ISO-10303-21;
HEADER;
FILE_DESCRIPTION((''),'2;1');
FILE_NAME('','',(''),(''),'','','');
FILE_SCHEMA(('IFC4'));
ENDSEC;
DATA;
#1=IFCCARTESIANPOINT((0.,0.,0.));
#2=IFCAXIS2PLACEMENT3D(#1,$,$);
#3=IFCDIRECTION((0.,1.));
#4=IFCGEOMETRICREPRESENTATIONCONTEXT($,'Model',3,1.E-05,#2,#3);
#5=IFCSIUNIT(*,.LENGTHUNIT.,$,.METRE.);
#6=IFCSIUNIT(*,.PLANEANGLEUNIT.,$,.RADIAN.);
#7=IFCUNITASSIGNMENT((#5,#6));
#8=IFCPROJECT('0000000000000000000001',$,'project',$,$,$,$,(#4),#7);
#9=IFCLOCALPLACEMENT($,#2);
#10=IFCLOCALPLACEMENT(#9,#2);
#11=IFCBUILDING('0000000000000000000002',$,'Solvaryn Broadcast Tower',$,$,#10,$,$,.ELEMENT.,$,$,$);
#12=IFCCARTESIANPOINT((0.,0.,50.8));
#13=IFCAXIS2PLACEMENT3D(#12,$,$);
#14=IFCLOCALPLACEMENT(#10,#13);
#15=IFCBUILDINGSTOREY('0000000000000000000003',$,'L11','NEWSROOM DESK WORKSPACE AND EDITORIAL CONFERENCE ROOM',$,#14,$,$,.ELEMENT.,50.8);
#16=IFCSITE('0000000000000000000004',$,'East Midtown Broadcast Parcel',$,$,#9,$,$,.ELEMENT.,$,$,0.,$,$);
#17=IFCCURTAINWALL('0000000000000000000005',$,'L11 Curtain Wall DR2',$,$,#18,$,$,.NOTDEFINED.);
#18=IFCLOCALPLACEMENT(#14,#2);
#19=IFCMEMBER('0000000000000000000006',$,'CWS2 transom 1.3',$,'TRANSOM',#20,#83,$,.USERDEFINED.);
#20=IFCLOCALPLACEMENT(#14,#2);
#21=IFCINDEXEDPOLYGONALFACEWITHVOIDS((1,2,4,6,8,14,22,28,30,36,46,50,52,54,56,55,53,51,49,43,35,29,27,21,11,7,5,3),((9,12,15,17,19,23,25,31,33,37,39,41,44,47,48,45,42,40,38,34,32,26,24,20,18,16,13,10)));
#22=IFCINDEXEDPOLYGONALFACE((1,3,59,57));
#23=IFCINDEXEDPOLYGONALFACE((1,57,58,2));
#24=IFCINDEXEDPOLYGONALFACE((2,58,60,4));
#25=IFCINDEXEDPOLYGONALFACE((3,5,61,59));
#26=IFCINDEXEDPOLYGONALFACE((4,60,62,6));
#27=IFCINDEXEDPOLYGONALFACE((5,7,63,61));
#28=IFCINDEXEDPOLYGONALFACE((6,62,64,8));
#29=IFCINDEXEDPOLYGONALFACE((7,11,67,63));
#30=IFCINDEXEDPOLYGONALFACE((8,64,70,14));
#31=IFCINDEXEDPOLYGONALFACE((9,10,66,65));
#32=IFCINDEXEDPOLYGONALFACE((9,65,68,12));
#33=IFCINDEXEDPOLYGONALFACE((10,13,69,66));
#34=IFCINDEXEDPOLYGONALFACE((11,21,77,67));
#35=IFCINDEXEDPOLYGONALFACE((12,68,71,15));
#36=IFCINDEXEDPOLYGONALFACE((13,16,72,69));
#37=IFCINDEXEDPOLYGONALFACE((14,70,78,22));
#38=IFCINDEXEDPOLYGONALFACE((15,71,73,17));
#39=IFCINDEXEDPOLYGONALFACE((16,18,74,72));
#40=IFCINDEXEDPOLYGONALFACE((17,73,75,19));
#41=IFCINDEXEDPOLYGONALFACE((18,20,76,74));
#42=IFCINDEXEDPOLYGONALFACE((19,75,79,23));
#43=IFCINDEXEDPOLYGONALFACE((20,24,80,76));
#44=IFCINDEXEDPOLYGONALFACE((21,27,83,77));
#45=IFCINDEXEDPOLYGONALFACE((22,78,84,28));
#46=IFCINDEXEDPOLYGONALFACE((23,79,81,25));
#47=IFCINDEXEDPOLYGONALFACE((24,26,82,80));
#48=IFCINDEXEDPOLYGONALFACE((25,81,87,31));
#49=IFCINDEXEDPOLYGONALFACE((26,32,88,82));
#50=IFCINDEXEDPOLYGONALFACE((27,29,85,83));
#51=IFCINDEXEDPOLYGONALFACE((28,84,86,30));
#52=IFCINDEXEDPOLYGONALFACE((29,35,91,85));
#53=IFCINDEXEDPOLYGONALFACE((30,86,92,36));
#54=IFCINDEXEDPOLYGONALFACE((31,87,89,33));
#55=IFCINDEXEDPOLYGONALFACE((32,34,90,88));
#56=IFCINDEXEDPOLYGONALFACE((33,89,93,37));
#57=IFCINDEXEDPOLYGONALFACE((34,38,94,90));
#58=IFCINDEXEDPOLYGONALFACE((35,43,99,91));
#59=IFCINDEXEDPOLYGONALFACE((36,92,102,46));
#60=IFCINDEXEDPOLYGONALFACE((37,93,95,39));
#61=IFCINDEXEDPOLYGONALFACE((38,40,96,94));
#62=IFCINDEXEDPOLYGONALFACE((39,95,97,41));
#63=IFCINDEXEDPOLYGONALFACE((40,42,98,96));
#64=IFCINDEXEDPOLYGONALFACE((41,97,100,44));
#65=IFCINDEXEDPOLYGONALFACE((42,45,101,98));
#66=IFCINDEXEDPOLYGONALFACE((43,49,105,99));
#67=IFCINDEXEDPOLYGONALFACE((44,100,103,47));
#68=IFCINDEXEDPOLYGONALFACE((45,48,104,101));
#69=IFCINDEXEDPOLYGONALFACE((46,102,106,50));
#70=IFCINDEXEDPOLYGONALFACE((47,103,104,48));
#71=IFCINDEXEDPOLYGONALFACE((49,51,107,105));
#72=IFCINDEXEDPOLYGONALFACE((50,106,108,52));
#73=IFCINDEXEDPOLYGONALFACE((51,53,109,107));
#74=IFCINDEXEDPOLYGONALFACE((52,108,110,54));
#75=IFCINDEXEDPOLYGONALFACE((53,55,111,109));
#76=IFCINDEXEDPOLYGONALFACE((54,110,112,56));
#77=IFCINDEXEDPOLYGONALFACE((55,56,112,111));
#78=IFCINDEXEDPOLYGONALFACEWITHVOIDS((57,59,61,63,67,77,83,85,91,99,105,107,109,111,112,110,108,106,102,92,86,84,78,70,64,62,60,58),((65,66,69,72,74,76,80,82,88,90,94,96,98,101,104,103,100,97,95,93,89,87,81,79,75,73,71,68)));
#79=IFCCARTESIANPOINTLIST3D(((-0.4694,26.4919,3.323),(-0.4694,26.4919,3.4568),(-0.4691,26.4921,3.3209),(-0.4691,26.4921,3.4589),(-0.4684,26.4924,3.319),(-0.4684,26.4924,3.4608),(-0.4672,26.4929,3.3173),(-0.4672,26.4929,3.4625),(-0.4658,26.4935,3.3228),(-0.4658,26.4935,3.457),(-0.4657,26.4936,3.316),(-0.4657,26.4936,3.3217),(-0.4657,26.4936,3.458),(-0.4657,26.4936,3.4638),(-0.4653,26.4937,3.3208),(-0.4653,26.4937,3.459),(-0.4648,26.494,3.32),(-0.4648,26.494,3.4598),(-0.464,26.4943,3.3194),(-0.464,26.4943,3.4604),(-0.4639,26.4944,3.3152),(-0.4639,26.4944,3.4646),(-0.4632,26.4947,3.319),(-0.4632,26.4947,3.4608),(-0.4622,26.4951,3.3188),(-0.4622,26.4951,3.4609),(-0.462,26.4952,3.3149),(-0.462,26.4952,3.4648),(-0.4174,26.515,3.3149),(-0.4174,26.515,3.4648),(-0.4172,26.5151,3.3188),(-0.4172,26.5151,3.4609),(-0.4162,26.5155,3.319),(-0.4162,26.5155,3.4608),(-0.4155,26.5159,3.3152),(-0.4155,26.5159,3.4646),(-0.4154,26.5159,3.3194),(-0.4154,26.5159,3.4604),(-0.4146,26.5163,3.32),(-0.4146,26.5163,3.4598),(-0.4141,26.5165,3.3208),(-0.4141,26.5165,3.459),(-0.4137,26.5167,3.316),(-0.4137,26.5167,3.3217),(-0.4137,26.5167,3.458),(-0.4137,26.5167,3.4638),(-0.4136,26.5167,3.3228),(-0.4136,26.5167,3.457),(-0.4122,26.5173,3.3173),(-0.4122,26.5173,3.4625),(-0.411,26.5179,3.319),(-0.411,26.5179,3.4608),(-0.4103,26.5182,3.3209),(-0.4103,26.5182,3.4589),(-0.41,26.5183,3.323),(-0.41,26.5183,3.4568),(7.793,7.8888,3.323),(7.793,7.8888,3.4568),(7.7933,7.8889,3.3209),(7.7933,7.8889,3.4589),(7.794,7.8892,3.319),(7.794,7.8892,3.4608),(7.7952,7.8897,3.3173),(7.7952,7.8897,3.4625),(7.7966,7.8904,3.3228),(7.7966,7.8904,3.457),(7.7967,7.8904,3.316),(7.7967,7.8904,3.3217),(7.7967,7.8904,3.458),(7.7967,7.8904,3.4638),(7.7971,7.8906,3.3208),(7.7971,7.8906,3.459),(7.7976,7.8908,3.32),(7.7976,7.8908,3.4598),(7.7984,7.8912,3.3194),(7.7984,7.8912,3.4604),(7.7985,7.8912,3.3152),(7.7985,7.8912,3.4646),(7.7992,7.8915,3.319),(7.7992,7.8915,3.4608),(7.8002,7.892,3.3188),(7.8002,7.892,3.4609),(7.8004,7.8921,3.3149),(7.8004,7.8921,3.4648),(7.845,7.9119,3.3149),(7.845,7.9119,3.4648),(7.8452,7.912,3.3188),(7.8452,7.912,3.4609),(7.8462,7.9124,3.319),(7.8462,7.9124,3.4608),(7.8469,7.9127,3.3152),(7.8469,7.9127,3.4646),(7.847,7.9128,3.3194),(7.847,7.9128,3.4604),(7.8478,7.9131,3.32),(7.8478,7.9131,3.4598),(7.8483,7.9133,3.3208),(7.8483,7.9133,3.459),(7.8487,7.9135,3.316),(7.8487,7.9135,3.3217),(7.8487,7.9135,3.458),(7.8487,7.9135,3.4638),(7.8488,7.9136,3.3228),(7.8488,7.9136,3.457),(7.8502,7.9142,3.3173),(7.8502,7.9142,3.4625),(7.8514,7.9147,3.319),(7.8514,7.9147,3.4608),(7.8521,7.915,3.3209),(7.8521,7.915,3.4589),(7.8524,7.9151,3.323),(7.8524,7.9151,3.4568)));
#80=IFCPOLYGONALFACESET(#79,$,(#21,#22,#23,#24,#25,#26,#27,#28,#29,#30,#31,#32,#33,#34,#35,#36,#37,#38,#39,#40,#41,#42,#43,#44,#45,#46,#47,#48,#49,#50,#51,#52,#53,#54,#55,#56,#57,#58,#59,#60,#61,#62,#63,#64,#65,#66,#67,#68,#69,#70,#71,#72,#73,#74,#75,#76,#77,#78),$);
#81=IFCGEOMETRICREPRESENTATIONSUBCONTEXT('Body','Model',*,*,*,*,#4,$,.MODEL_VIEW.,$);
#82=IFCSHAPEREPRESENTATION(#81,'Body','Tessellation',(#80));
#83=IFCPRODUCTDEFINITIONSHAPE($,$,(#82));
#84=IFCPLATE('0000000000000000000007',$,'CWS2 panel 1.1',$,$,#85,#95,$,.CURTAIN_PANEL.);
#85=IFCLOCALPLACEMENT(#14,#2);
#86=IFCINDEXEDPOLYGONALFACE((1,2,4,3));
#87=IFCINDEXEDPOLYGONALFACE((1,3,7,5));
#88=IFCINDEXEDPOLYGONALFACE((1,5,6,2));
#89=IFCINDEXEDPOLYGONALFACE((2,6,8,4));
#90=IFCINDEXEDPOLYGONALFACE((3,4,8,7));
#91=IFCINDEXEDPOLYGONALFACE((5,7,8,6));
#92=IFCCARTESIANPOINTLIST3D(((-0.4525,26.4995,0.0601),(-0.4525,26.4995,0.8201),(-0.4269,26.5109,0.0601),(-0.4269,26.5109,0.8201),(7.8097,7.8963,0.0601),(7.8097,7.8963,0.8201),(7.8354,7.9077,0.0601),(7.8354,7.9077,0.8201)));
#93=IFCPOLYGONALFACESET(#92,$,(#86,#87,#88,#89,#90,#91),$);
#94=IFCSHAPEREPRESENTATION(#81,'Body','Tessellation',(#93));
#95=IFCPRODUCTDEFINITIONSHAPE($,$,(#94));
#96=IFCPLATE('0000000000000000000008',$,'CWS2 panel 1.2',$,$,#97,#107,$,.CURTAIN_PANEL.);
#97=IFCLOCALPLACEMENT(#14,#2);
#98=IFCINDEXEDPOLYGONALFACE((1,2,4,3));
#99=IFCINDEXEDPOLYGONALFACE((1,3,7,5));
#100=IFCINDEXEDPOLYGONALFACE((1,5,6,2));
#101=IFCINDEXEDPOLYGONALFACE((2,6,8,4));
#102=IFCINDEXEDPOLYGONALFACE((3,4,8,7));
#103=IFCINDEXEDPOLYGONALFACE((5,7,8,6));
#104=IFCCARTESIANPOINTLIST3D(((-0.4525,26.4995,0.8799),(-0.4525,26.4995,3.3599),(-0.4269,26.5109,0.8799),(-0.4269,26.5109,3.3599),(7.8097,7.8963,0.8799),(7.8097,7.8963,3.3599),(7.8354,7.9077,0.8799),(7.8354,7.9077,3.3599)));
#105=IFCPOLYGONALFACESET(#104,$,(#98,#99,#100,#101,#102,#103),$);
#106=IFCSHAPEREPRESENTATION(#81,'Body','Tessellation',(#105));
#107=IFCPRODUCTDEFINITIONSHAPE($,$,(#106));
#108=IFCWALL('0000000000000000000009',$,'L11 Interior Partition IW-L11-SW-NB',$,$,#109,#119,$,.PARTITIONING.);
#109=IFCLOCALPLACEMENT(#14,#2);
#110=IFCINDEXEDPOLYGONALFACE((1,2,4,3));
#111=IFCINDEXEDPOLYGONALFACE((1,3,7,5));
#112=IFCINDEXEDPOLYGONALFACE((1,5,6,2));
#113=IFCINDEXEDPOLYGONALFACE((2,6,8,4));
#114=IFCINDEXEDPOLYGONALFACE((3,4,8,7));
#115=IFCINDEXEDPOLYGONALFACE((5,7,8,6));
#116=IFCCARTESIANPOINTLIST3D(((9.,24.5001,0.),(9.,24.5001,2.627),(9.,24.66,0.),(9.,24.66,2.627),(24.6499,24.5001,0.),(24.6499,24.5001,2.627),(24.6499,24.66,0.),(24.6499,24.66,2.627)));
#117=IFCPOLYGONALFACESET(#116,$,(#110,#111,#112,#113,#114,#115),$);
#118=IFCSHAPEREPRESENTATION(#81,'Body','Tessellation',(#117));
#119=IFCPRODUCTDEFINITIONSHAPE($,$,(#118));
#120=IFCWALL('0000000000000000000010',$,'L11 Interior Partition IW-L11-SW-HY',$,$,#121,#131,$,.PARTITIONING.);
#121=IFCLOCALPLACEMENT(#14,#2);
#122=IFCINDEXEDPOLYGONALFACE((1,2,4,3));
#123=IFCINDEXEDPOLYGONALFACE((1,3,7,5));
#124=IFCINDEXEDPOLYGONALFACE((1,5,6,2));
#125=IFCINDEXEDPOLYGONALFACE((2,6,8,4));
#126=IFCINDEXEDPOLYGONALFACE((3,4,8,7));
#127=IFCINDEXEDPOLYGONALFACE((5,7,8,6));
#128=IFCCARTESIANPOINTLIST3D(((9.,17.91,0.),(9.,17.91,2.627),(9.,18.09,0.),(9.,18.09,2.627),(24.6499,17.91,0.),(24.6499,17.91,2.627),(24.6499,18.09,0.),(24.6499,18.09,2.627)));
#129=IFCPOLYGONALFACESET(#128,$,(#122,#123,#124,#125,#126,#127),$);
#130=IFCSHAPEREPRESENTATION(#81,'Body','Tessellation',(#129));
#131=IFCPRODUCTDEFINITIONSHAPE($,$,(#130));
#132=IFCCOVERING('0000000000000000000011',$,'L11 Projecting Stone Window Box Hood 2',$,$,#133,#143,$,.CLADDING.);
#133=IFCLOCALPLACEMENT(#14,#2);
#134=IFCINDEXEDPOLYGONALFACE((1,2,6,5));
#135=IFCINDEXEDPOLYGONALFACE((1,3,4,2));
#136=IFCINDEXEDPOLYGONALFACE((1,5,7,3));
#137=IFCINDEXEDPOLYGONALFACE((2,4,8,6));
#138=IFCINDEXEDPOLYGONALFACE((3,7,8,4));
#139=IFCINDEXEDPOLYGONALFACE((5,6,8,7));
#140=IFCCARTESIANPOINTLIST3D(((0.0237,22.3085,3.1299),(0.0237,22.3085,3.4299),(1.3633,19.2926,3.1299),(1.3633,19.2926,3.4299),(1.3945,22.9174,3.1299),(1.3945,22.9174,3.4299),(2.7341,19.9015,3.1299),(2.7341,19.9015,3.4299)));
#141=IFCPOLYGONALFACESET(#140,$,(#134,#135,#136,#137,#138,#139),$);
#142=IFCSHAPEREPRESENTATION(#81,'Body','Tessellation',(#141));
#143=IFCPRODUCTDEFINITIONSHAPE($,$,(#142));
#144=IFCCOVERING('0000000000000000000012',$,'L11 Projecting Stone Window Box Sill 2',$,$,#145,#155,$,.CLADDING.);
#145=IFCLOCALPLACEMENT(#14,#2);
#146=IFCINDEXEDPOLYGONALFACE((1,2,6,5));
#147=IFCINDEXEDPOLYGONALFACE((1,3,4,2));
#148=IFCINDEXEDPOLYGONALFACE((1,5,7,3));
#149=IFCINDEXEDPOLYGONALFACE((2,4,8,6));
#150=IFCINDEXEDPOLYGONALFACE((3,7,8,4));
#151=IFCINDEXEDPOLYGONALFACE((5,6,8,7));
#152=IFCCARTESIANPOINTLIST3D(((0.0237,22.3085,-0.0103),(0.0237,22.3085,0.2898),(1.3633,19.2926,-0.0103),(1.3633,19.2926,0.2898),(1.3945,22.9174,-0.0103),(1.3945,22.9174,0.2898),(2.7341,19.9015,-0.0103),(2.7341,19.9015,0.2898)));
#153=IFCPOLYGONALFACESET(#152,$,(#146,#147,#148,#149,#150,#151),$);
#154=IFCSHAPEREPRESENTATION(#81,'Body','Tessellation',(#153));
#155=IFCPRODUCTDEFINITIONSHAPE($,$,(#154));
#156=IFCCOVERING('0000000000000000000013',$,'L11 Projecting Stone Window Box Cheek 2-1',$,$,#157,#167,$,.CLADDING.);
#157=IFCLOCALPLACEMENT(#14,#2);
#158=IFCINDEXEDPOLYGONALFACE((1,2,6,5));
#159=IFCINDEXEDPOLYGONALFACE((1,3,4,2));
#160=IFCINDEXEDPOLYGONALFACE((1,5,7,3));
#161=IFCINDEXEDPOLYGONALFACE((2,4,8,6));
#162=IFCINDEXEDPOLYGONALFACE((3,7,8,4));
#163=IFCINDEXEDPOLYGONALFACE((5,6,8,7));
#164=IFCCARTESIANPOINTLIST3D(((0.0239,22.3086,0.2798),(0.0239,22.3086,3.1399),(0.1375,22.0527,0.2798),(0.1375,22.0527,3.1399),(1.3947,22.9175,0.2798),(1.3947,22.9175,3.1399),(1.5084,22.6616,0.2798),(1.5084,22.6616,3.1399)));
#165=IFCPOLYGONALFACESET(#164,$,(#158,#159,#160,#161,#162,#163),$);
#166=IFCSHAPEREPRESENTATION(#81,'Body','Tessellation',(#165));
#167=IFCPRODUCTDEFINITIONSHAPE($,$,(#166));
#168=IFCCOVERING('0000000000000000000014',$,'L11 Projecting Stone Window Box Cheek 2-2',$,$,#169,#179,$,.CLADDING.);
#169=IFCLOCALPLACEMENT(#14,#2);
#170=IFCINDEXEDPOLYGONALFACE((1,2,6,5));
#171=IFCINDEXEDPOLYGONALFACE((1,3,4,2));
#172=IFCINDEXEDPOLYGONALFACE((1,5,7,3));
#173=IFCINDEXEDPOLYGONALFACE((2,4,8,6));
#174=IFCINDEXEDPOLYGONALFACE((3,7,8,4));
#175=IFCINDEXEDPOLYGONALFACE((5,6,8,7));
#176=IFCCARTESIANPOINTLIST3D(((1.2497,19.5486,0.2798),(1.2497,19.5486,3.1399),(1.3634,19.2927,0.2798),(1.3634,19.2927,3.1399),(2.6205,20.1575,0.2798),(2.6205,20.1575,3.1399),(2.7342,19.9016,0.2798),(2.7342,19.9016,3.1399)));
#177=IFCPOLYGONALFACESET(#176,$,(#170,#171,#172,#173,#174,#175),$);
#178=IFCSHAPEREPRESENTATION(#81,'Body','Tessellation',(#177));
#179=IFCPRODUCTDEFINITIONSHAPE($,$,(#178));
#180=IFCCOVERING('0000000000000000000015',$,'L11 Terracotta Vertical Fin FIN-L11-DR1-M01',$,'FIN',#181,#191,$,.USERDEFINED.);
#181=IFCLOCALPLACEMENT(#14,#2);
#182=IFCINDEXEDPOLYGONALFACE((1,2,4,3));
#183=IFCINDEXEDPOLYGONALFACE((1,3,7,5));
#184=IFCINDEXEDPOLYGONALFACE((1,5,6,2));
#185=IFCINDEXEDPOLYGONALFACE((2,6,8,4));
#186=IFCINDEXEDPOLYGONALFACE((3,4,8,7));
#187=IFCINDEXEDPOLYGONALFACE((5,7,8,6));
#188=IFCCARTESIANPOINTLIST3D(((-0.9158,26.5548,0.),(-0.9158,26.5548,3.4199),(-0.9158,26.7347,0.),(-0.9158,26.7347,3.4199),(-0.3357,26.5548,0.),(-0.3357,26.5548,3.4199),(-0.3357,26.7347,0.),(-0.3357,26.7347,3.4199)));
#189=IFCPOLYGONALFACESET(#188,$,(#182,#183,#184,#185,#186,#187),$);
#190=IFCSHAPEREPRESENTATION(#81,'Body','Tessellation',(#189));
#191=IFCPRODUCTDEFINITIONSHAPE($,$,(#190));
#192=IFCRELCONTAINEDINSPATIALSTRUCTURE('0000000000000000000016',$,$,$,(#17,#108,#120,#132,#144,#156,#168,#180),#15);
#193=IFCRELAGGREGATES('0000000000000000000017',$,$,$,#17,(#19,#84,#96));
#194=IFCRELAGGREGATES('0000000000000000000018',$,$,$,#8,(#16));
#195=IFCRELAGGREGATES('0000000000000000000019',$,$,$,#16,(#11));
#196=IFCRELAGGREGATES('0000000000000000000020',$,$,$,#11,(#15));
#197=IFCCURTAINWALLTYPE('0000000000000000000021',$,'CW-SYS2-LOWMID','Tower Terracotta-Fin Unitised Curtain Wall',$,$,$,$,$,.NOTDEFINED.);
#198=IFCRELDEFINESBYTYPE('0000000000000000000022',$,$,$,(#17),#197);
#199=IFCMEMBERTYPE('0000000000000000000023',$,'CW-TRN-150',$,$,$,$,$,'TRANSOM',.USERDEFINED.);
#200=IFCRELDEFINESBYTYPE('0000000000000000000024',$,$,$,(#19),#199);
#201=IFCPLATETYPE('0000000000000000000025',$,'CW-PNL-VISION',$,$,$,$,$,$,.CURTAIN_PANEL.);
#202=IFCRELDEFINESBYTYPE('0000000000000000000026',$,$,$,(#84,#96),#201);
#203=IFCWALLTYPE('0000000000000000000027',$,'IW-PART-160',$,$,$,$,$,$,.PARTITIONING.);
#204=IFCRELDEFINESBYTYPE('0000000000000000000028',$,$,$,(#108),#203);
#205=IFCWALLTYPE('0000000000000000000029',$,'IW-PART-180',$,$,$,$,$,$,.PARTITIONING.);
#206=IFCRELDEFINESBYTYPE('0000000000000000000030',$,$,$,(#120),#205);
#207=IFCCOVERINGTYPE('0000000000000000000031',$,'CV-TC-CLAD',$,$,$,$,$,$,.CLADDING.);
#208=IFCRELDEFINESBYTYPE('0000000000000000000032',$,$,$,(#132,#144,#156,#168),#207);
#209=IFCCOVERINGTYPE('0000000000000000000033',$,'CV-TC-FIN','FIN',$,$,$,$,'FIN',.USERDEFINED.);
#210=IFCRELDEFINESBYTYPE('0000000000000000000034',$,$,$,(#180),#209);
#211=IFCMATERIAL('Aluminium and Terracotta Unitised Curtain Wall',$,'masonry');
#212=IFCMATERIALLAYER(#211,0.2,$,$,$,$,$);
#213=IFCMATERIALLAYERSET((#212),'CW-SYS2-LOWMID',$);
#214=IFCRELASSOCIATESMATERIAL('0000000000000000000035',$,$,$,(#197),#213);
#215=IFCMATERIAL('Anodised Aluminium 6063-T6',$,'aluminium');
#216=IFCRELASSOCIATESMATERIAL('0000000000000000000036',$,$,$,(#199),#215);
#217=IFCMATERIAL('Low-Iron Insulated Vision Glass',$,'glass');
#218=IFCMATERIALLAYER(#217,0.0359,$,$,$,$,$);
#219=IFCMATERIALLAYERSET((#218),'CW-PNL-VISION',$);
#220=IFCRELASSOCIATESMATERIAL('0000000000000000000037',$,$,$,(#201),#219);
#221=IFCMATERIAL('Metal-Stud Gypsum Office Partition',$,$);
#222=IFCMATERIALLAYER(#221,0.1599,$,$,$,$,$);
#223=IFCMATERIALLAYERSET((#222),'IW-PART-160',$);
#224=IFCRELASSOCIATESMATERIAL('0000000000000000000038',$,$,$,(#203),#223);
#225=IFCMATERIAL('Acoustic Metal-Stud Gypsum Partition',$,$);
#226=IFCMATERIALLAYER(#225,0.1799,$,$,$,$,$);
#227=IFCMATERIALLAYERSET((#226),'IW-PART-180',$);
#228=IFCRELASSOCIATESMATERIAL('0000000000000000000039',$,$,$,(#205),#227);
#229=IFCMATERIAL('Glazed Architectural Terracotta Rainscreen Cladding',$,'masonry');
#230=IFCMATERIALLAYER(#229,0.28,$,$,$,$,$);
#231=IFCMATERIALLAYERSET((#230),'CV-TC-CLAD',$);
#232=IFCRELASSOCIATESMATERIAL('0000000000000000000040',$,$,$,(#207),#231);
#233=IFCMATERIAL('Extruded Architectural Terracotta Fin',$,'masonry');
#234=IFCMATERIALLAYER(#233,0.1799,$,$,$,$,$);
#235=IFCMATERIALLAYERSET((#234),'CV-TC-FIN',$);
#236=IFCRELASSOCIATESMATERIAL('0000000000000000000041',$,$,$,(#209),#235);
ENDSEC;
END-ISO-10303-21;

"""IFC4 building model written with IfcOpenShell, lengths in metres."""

from ifc_helpers import new_model, si_unit, direction, frame, frame_2d, origin, origin_2d, place, context, subcontext, project, spatial, rectangle, hollow_rectangle, extrude, material, layer, layer_set, material_profile, profile_set, type_object, element, aggregate, save


model = new_model("IFC4")

# Units and contexts
model_context = context("Model", 3, precision=1e-05, world=origin(), true_north=direction((0.0, 1.0)))
body_context = subcontext(model_context, "Body", "Model", "MODEL_VIEW")
ifc_project = project(units=[si_unit("LENGTHUNIT", "METRE"), si_unit("PLANEANGLEUNIT", "RADIAN")], contexts=[model_context])

# Site, building, storey
site_placement = place(None, origin())
site = spatial("IfcSite", under=ifc_project, at=site_placement, Name="East Midtown Broadcast Parcel", CompositionType="ELEMENT", RefElevation=0.0)
building_placement = place(site_placement, origin())
building = spatial("IfcBuilding", under=site, at=building_placement, Name="Solvaryn Broadcast Tower", CompositionType="ELEMENT")
storey_placement = place(building_placement, frame((0.0, 0.0, 50.8)))
storey = spatial("IfcBuildingStorey", under=building, at=storey_placement, Name="L11", Description="NEWSROOM DESK WORKSPACE AND EDITORIAL CONFERENCE ROOM", CompositionType="ELEMENT", Elevation=50.8)

# Shared definitions
ifc_material_1 = material(Name="Aluminium and Terracotta Unitised Curtain Wall", Category="masonry")
ifc_layer_1 = layer(ifc_material_1, 0.2)
ifc_layer_set_1 = layer_set([ifc_layer_1], Name="CW-SYS2-LOWMID")
curtain_wall_type = type_object("IfcCurtainWallType", Name="CW-SYS2-LOWMID", Description="Tower Terracotta-Fin Unitised Curtain Wall", PredefinedType="NOTDEFINED", material=ifc_layer_set_1)

# Curtain wall, member, plates
curtain_wall_1_placement = place(storey_placement, origin())
curtain_wall_1 = element("IfcCurtainWall", 1, at=curtain_wall_1_placement, inside=storey, type_object=curtain_wall_type, Name="L11 Curtain Wall DR2", PredefinedType="NOTDEFINED")
ifc_material_2 = material(Name="Anodised Aluminium 6063-T6", Category="aluminium")
ifc_material_profile_1 = material_profile(ifc_material_2, hollow_rectangle(XDim=0.0649, YDim=0.1499, WallThickness=0.0039, InnerFilletRadius=0.0039, OuterFilletRadius=0.0081, at=origin_2d()))
ifc_profile_set_1 = profile_set([ifc_material_profile_1], Name="Anodised Aluminium 6063-T6")
member_type_1 = type_object("IfcMemberType", Name="CW-TRN-150", ElementType="TRANSOM", PredefinedType="USERDEFINED", material=ifc_profile_set_1)
member_1_placement = place(storey_placement, frame((-0.4397, 26.5051, 3.3899), z_axis=(0.405906, -0.913915, 0.0), x_axis=(0.913915, 0.405906, 0.0)))
member_1 = element("IfcMember", 2, at=member_1_placement, type_object=member_type_1, Name="CWS2 transom 1.3", ObjectType="TRANSOM", PredefinedType="USERDEFINED", context=body_context, shape_type="SweptSolid", body=[
    extrude(hollow_rectangle(XDim=0.0649, YDim=0.1499, WallThickness=0.0039, InnerFilletRadius=0.0039, OuterFilletRadius=0.0081, at=origin_2d()), origin(), (0.0, 0.0, 1.0), 20.3555),
])
ifc_material_3 = material(Name="Low-Iron Insulated Vision Glass", Category="glass")
ifc_layer_2 = layer(ifc_material_3, 0.0359)
ifc_layer_set_2 = layer_set([ifc_layer_2], Name="CW-PNL-VISION")
plate_type = type_object("IfcPlateType", Name="CW-PNL-VISION", PredefinedType="CURTAIN_PANEL", material=ifc_layer_set_2)
plate_1_placement = place(storey_placement, frame((3.6914, 17.2036, 0.0601), z_axis=(0.0, 0.0, 1.0), x_axis=(0.405898, -0.913918, 0.0)))
plate_1 = element("IfcPlate", 3, at=plate_1_placement, type_object=plate_type, Name="CWS2 panel 1.1", PredefinedType="CURTAIN_PANEL", context=body_context, shape_type="SweptSolid", body=[
    extrude(rectangle(XDim=20.3555, YDim=0.0281, at=origin_2d()), origin(), (0.0, 0.0, 1.0), 0.76),
])
plate_2_placement = place(storey_placement, frame((3.6914, 17.2036, 0.8799), z_axis=(0.0, 0.0, 1.0), x_axis=(0.405898, -0.913918, 0.0)))
plate_2 = element("IfcPlate", 4, at=plate_2_placement, type_object=plate_type, Name="CWS2 panel 1.2", PredefinedType="CURTAIN_PANEL", context=body_context, shape_type="SweptSolid", body=[
    extrude(rectangle(XDim=20.3555, YDim=0.0281, at=origin_2d()), origin(), (0.0, 0.0, 1.0), 2.48),
])
aggregate(curtain_wall_1, [member_1, plate_1, plate_2])

# Shared definitions
ifc_material_4 = material(Name="Metal-Stud Gypsum Office Partition")
ifc_layer_3 = layer(ifc_material_4, 0.1599)
ifc_layer_set_3 = layer_set([ifc_layer_3], Name="IW-PART-160")
wall_type_1 = type_object("IfcWallType", Name="IW-PART-160", PredefinedType="PARTITIONING", material=ifc_layer_set_3)

# Walls
wall_1_placement = place(storey_placement, frame((9.0, 24.5801, 0.0), z_axis=(0.0, 0.0, 1.0), x_axis=(1.0, 0.0, 0.0)))
element("IfcWall", 5, at=wall_1_placement, inside=storey, type_object=wall_type_1, Name="L11 Interior Partition IW-L11-SW-NB", PredefinedType="PARTITIONING", context=body_context, shape_type="SweptSolid", body=[
    extrude(rectangle(XDim=15.6499, YDim=0.1599, at=frame_2d((7.825, 0.0))), origin(), (0.0, 0.0, 1.0), 2.627),
])
ifc_material_5 = material(Name="Acoustic Metal-Stud Gypsum Partition")
ifc_layer_4 = layer(ifc_material_5, 0.1799)
ifc_layer_set_4 = layer_set([ifc_layer_4], Name="IW-PART-180")
wall_type_2 = type_object("IfcWallType", Name="IW-PART-180", PredefinedType="PARTITIONING", material=ifc_layer_set_4)
wall_2_placement = place(storey_placement, frame((9.0, 18.0, 0.0), z_axis=(0.0, 0.0, 1.0), x_axis=(1.0, 0.0, 0.0)))
element("IfcWall", 6, at=wall_2_placement, inside=storey, type_object=wall_type_2, Name="L11 Interior Partition IW-L11-SW-HY", PredefinedType="PARTITIONING", context=body_context, shape_type="SweptSolid", body=[
    extrude(rectangle(XDim=15.6499, YDim=0.1799, at=frame_2d((7.825, 0.0))), origin(), (0.0, 0.0, 1.0), 2.627),
])

# Coverings
ifc_material_6 = material(Name="Glazed Architectural Terracotta Rainscreen Cladding", Category="masonry")
ifc_layer_5 = layer(ifc_material_6, 0.28)
ifc_layer_set_5 = layer_set([ifc_layer_5], Name="CV-TC-CLAD")
covering_type_1 = type_object("IfcCoveringType", Name="CV-TC-CLAD", PredefinedType="CLADDING", material=ifc_layer_set_5)
for number, where, z_axis, x_axis, name in (
    (7, (1.3789, 21.105, 3.1299), (0.0, 0.0, 1.0), (0.405939, -0.9139, 0.0), "L11 Projecting Stone Window Box Hood 2"),
    (8, (1.3789, 21.105, -0.0103), (0.0, 0.0, 1.0), (0.405939, -0.9139, 0.0), "L11 Projecting Stone Window Box Sill 2"),
):
    element("IfcCovering", number, at=place(storey_placement, frame(where, z_axis=z_axis, x_axis=x_axis)), inside=storey, type_object=covering_type_1, Name=name, PredefinedType="CLADDING", context=body_context, shape_type="SweptSolid", body=[
        extrude(rectangle(XDim=3.3, YDim=1.5, at=origin_2d()), origin(), (0.0, 0.0, 1.0), 0.3),
    ])
for number, where, z_axis, x_axis, name in (
    (9, (0.7661, 22.4851, 0.2798), (0.0, 0.0, 1.0), (0.405939, -0.9139, 0.0), "L11 Projecting Stone Window Box Cheek 2-1"),
    (10, (1.9919, 19.7251, 0.2798), (0.0, 0.0, 1.0), (0.405939, -0.9139, 0.0), "L11 Projecting Stone Window Box Cheek 2-2"),
):
    element("IfcCovering", number, at=place(storey_placement, frame(where, z_axis=z_axis, x_axis=x_axis)), inside=storey, type_object=covering_type_1, Name=name, PredefinedType="CLADDING", context=body_context, shape_type="SweptSolid", body=[
        extrude(rectangle(XDim=0.28, YDim=1.5, at=origin_2d()), origin(), (0.0, 0.0, 1.0), 2.8601),
    ])
ifc_material_7 = material(Name="Extruded Architectural Terracotta Fin", Category="masonry")
ifc_layer_6 = layer(ifc_material_7, 0.1799)
ifc_layer_set_6 = layer_set([ifc_layer_6], Name="CV-TC-FIN")
covering_type_2 = type_object("IfcCoveringType", Name="CV-TC-FIN", Description="FIN", ElementType="FIN", PredefinedType="USERDEFINED", material=ifc_layer_set_6)
for number, where, z_axis, x_axis, name in (
    (11, (-0.6257, 26.6448, 0.0), (0.0, 0.0, 1.0), (1.0, 0.0, 0.0), "L11 Terracotta Vertical Fin FIN-L11-DR1-M01"),
):
    element("IfcCovering", number, at=place(storey_placement, frame(where, z_axis=z_axis, x_axis=x_axis)), inside=storey, type_object=covering_type_2, Name=name, ObjectType="FIN", PredefinedType="USERDEFINED", context=body_context, shape_type="SweptSolid", body=[
        extrude(rectangle(XDim=0.5801, YDim=0.1799, at=origin_2d()), origin(), (0.0, 0.0, 1.0), 3.4199),
    ])

save(model, "model.ifc")
